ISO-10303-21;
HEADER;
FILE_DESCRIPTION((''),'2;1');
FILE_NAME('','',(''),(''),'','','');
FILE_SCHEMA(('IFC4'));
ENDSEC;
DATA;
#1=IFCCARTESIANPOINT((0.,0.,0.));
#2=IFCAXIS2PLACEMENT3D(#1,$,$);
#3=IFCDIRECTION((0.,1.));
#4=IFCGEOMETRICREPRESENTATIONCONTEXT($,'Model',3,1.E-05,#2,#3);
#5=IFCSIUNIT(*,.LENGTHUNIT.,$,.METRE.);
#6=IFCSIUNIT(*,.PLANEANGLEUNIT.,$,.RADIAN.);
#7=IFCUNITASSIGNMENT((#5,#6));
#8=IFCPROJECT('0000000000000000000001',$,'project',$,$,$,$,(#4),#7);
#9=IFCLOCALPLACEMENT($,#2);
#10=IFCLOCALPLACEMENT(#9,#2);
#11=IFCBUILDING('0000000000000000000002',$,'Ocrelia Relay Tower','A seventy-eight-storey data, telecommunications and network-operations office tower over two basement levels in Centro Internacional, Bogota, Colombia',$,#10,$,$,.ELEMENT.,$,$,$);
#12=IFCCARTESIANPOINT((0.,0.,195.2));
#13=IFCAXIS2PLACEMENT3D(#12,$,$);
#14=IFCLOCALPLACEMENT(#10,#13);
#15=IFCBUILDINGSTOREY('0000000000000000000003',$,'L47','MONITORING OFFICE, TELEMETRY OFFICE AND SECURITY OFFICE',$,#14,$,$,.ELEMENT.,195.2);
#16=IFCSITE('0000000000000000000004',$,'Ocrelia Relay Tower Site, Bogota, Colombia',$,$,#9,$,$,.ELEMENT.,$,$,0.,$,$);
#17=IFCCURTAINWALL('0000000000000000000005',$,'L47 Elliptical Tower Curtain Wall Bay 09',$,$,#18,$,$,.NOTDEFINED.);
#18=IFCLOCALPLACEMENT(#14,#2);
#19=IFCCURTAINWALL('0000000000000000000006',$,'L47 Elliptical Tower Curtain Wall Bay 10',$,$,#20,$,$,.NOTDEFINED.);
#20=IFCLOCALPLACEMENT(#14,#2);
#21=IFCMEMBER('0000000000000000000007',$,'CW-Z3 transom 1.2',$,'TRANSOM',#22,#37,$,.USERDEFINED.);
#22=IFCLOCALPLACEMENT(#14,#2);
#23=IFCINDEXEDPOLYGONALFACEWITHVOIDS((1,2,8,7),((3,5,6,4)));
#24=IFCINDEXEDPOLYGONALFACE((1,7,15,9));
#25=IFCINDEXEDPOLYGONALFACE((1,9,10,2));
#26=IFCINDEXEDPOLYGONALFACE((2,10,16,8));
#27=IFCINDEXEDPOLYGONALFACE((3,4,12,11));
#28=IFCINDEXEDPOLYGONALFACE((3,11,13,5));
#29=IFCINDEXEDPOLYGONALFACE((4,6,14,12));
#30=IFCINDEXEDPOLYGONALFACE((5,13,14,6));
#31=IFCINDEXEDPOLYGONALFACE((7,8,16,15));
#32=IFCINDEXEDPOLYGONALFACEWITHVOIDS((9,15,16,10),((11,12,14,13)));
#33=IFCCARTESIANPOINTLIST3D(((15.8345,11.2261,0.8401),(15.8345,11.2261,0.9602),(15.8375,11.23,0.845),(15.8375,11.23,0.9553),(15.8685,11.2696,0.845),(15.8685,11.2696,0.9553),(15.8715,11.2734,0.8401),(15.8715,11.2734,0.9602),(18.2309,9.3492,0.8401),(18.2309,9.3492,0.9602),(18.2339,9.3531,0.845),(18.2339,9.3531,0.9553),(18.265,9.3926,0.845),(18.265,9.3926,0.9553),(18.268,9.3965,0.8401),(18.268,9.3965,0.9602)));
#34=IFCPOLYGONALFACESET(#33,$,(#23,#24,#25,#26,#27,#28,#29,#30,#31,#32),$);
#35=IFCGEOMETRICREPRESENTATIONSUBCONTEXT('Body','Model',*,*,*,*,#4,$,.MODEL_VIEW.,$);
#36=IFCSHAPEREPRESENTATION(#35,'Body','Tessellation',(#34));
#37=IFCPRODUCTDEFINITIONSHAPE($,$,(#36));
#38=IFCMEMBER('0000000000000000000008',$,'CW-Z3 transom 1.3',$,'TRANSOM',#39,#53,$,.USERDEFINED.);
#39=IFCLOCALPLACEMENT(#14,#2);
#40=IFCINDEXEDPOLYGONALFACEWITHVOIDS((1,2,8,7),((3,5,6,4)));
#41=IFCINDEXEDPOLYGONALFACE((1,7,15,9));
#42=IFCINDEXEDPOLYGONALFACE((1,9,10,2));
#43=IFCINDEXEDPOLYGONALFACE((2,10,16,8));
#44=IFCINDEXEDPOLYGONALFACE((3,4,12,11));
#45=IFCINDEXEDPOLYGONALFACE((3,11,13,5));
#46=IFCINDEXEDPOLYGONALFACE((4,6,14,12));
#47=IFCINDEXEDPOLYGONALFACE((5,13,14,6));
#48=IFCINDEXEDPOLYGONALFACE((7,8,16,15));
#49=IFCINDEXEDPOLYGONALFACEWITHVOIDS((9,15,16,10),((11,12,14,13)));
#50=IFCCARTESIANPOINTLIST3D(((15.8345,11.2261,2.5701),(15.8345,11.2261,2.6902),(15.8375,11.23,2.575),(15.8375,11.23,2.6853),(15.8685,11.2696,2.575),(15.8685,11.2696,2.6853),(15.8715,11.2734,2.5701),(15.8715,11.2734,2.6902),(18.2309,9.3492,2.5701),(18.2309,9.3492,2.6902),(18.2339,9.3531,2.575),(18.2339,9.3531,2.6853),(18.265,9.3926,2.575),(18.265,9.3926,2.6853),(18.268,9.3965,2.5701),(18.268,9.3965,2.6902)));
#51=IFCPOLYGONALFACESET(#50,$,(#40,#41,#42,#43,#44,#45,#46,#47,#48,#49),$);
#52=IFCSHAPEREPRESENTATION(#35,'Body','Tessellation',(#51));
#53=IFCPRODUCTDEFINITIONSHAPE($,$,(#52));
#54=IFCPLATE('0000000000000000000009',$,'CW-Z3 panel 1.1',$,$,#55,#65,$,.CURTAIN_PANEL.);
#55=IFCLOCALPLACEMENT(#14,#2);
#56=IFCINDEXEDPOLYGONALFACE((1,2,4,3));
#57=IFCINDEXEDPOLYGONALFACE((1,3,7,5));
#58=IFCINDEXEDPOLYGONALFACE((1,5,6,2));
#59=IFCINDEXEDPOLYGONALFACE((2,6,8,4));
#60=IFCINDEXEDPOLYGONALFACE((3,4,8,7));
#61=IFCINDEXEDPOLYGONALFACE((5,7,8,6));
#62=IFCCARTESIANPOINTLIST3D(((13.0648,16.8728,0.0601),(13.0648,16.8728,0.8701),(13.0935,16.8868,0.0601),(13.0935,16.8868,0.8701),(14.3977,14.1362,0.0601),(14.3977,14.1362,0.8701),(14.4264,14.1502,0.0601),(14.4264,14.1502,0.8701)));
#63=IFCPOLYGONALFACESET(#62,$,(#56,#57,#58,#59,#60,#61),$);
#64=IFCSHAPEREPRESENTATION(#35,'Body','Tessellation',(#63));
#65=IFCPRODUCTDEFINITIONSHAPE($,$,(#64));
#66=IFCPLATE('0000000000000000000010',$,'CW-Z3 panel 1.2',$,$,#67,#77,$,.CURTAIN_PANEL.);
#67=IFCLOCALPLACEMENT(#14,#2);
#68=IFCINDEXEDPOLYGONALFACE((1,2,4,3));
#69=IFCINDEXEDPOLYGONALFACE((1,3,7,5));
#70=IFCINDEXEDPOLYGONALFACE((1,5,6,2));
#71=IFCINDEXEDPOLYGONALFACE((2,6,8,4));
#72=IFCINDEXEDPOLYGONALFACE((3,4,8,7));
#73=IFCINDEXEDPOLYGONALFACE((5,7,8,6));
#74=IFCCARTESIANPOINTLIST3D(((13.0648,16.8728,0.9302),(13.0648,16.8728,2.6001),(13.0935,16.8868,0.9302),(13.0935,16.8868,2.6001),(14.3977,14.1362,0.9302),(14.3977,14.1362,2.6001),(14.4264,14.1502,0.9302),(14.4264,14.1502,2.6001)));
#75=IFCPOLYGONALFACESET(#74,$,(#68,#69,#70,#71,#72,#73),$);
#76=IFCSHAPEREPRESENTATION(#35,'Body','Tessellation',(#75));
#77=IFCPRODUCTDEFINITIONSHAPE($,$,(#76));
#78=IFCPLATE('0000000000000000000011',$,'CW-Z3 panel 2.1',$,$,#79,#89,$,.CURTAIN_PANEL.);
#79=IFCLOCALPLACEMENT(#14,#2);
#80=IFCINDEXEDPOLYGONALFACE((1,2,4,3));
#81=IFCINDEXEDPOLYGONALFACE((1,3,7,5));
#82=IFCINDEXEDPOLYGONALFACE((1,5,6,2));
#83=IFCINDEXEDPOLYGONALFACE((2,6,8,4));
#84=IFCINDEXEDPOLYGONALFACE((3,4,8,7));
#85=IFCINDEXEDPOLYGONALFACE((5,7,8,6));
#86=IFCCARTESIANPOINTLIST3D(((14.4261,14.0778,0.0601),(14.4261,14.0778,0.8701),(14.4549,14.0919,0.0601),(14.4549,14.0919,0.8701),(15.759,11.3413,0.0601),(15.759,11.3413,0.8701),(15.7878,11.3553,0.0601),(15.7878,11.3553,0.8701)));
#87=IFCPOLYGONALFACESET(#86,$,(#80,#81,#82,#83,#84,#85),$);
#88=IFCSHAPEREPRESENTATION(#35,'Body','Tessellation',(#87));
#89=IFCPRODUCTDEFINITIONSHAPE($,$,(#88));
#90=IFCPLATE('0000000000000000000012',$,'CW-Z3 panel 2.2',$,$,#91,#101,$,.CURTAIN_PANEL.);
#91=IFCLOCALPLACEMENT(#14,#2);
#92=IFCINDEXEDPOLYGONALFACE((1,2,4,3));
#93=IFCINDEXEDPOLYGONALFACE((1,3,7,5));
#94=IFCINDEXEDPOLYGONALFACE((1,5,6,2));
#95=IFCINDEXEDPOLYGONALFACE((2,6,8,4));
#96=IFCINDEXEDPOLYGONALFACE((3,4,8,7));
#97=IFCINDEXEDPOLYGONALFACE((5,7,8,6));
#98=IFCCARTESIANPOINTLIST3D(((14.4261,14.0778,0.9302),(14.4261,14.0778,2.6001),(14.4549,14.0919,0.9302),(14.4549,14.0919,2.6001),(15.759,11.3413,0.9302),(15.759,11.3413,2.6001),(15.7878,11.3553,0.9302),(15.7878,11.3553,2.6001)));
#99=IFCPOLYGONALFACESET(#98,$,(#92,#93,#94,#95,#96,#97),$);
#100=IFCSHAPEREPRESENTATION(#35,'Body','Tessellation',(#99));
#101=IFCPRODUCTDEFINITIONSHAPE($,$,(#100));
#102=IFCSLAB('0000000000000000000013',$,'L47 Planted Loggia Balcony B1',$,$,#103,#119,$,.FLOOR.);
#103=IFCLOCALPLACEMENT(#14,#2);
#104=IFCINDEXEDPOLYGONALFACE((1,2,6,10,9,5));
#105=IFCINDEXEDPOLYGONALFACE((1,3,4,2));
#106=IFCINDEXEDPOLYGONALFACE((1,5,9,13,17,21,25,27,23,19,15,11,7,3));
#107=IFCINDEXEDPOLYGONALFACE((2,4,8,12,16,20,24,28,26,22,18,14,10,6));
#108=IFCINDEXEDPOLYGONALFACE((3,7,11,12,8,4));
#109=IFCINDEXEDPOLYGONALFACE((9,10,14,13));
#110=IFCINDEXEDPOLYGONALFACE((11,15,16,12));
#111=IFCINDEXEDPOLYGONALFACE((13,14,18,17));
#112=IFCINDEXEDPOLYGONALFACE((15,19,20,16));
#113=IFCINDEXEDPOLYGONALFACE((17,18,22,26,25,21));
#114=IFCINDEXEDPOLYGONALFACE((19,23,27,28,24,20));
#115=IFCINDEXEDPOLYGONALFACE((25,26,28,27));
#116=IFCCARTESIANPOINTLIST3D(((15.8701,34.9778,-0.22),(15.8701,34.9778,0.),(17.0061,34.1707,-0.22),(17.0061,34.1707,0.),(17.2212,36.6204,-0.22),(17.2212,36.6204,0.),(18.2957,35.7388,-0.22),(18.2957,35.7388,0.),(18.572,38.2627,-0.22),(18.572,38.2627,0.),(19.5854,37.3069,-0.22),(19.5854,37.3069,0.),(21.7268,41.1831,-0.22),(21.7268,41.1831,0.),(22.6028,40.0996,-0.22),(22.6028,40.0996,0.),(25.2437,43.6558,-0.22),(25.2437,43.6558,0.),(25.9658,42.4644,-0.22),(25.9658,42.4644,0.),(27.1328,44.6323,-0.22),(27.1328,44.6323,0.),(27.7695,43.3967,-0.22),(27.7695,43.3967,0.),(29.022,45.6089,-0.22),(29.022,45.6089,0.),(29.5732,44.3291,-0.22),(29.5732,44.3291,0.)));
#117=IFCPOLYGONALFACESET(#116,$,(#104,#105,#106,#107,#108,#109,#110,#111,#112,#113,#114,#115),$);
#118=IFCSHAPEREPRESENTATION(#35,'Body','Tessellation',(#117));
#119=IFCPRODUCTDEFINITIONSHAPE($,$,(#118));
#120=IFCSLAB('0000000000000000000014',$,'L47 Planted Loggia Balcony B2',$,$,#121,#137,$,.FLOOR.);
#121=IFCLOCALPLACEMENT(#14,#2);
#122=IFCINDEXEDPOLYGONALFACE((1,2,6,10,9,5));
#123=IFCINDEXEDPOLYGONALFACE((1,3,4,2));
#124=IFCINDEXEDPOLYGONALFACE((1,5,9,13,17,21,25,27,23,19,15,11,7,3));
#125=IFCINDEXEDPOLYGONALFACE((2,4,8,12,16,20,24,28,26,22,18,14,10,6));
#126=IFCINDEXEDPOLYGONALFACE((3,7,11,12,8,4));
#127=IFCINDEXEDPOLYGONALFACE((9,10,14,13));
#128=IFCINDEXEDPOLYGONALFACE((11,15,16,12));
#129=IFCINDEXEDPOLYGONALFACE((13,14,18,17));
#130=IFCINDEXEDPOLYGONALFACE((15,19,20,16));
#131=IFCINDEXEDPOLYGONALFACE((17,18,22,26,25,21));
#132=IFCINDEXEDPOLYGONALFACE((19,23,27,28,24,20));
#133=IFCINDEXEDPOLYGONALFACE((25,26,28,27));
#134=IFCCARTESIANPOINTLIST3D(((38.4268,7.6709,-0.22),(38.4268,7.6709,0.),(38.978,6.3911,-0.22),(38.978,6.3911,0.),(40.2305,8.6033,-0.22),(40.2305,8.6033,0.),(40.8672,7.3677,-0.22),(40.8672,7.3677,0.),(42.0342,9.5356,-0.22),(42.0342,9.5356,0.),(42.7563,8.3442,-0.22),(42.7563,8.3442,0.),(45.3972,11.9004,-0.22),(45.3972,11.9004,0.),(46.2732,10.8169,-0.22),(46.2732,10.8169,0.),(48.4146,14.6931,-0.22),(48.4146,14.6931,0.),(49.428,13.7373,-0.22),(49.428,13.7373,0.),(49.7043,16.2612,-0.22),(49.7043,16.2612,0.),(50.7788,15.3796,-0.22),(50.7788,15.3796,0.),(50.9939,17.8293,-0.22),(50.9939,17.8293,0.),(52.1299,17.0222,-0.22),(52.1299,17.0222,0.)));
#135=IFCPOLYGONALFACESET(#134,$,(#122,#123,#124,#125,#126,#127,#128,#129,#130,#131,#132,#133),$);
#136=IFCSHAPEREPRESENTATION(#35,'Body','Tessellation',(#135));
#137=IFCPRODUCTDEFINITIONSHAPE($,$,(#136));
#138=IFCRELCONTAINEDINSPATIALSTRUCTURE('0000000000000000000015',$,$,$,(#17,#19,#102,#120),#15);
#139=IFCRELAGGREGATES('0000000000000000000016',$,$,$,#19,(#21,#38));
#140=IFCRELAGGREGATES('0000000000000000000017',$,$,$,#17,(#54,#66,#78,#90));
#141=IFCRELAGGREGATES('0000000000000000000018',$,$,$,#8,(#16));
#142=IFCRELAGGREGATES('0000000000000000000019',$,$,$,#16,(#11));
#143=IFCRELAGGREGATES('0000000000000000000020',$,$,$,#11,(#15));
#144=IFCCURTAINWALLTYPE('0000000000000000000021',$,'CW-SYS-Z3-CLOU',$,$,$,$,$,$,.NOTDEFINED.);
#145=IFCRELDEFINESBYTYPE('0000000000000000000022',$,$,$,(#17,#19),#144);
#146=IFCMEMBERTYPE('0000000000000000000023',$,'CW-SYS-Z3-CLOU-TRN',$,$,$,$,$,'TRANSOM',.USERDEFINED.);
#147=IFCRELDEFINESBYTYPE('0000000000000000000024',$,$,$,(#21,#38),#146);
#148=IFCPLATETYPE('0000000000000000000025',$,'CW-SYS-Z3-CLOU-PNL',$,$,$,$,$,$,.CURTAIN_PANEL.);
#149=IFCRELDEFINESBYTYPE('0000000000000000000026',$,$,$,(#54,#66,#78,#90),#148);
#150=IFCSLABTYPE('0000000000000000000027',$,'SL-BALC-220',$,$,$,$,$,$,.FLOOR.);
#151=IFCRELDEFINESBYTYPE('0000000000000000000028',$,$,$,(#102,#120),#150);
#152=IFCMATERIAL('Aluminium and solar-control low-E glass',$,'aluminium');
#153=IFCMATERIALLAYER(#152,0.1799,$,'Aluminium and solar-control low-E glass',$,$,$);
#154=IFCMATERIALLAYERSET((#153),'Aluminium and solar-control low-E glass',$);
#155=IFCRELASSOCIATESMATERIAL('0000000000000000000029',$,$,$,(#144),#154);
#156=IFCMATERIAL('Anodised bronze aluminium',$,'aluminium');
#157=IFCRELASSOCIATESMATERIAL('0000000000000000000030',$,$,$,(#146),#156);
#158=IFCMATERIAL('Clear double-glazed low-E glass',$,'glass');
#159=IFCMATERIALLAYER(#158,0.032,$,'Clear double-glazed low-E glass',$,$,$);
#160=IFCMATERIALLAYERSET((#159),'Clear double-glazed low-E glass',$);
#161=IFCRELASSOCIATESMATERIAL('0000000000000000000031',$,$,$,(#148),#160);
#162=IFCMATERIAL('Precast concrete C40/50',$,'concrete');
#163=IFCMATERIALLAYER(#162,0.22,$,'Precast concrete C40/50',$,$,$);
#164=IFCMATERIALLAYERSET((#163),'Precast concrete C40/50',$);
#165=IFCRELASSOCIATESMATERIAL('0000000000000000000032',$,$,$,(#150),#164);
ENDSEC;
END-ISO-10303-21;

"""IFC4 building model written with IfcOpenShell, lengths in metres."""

from ifc_helpers import new_model, si_unit, direction, frame, origin, origin_2d, place, context, subcontext, project, spatial, polyline, rectangle, hollow_rectangle, outline, extrude, material, layer, layer_set, material_profile, profile_set, type_object, element, aggregate, save


model = new_model("IFC4")

# Units and contexts
model_context = context("Model", 3, precision=1e-05, world=origin(), true_north=direction((0.0, 1.0)))
body_context = subcontext(model_context, "Body", "Model", "MODEL_VIEW")
ifc_project = project(units=[si_unit("LENGTHUNIT", "METRE"), si_unit("PLANEANGLEUNIT", "RADIAN")], contexts=[model_context])

# Site, building, storey
site_placement = place(None, origin())
site = spatial("IfcSite", under=ifc_project, at=site_placement, Name="Ocrelia Relay Tower Site, Bogota, Colombia", CompositionType="ELEMENT", RefElevation=0.0)
building_placement = place(site_placement, origin())
building = spatial("IfcBuilding", under=site, at=building_placement, Name="Ocrelia Relay Tower", Description="A seventy-eight-storey data, telecommunications and network-operations office tower over two basement levels in Centro Internacional, Bogota, Colombia", CompositionType="ELEMENT")
storey_placement = place(building_placement, frame((0.0, 0.0, 195.2)))
storey = spatial("IfcBuildingStorey", under=building, at=storey_placement, Name="L47", Description="MONITORING OFFICE, TELEMETRY OFFICE AND SECURITY OFFICE", CompositionType="ELEMENT", Elevation=195.2)

# Curtain wall
ifc_material_1 = material(Name="Aluminium and solar-control low-E glass", Category="aluminium")
ifc_layer_1 = layer(ifc_material_1, 0.1799, Name="Aluminium and solar-control low-E glass")
ifc_layer_set_1 = layer_set([ifc_layer_1], Name="Aluminium and solar-control low-E glass")
curtain_wall_type = type_object("IfcCurtainWallType", Name="CW-SYS-Z3-CLOU", PredefinedType="NOTDEFINED", material=ifc_layer_set_1)
curtain_wall_1_placement = place(storey_placement, origin())
curtain_wall_1 = element("IfcCurtainWall", 1, at=curtain_wall_1_placement, inside=storey, type_object=curtain_wall_type, Name="L47 Elliptical Tower Curtain Wall Bay 09", PredefinedType="NOTDEFINED")
ifc_material_2 = material(Name="Anodised bronze aluminium", Category="aluminium")

# Curtain wall
curtain_wall_2_placement = place(storey_placement, origin())
curtain_wall_2 = element("IfcCurtainWall", 2, at=curtain_wall_2_placement, inside=storey, type_object=curtain_wall_type, Name="L47 Elliptical Tower Curtain Wall Bay 10", PredefinedType="NOTDEFINED")

# Members
ifc_material_profile_1 = material_profile(ifc_material_2, hollow_rectangle(XDim=0.0601, YDim=0.1201, WallThickness=0.0049, at=origin_2d()), Name="CW-TRN-120x60")
ifc_profile_set_1 = profile_set([ifc_material_profile_1], Name="Anodised bronze aluminium")
member_type_1 = type_object("IfcMemberType", Name="CW-SYS-Z3-CLOU-TRN", ElementType="TRANSOM", PredefinedType="USERDEFINED", material=ifc_profile_set_1)
member_1_placement = place(storey_placement, frame((15.853, 11.2498, 0.9001), z_axis=(0.787275, -0.616602, 0.0), x_axis=(0.616602, 0.787275, 0.0)))
member_1 = element("IfcMember", 3, at=member_1_placement, type_object=member_type_1, Name="CW-Z3 transom 1.2", ObjectType="TRANSOM", PredefinedType="USERDEFINED", context=body_context, shape_type="SweptSolid", body=[
    extrude(hollow_rectangle(XDim=0.0601, YDim=0.1201, WallThickness=0.0049, at=origin_2d()), origin(), (0.0, 0.0, 1.0), 3.0439),
])
member_2_placement = place(storey_placement, frame((15.853, 11.2498, 2.6301), z_axis=(0.787275, -0.616602, 0.0), x_axis=(0.616602, 0.787275, 0.0)))
member_2 = element("IfcMember", 4, at=member_2_placement, type_object=member_type_1, Name="CW-Z3 transom 1.3", ObjectType="TRANSOM", PredefinedType="USERDEFINED", context=body_context, shape_type="SweptSolid", body=[
    extrude(hollow_rectangle(XDim=0.0601, YDim=0.1201, WallThickness=0.0049, at=origin_2d()), origin(), (0.0, 0.0, 1.0), 3.0439),
])
aggregate(curtain_wall_2, [member_1, member_2])

# Plates
ifc_material_3 = material(Name="Clear double-glazed low-E glass", Category="glass")
ifc_layer_2 = layer(ifc_material_3, 0.032, Name="Clear double-glazed low-E glass")
ifc_layer_set_2 = layer_set([ifc_layer_2], Name="Clear double-glazed low-E glass")
plate_type = type_object("IfcPlateType", Name="CW-SYS-Z3-CLOU-PNL", PredefinedType="CURTAIN_PANEL", material=ifc_layer_set_2)
plate_1_placement = place(storey_placement, frame((13.7456, 15.5115, 0.0601), z_axis=(0.0, 0.0, 1.0), x_axis=(0.437888, -0.89903, 0.0)))
plate_1 = element("IfcPlate", 5, at=plate_1_placement, type_object=plate_type, Name="CW-Z3 panel 1.1", PredefinedType="CURTAIN_PANEL", context=body_context, shape_type="SweptSolid", body=[
    extrude(rectangle(XDim=3.0439, YDim=0.032, at=origin_2d()), origin(), (0.0, 0.0, 1.0), 0.8101),
])
plate_2_placement = place(storey_placement, frame((13.7456, 15.5115, 0.9302), z_axis=(0.0, 0.0, 1.0), x_axis=(0.437888, -0.89903, 0.0)))
plate_2 = element("IfcPlate", 6, at=plate_2_placement, type_object=plate_type, Name="CW-Z3 panel 1.2", PredefinedType="CURTAIN_PANEL", context=body_context, shape_type="SweptSolid", body=[
    extrude(rectangle(XDim=3.0439, YDim=0.032, at=origin_2d()), origin(), (0.0, 0.0, 1.0), 1.6699),
])
plate_3_placement = place(storey_placement, frame((15.1069, 12.7166, 0.0601), z_axis=(0.0, 0.0, 1.0), x_axis=(0.437888, -0.89903, 0.0)))
plate_3 = element("IfcPlate", 7, at=plate_3_placement, type_object=plate_type, Name="CW-Z3 panel 2.1", PredefinedType="CURTAIN_PANEL", context=body_context, shape_type="SweptSolid", body=[
    extrude(rectangle(XDim=3.0439, YDim=0.032, at=origin_2d()), origin(), (0.0, 0.0, 1.0), 0.8101),
])
plate_4_placement = place(storey_placement, frame((15.1069, 12.7166, 0.9302), z_axis=(0.0, 0.0, 1.0), x_axis=(0.437888, -0.89903, 0.0)))
plate_4 = element("IfcPlate", 8, at=plate_4_placement, type_object=plate_type, Name="CW-Z3 panel 2.2", PredefinedType="CURTAIN_PANEL", context=body_context, shape_type="SweptSolid", body=[
    extrude(rectangle(XDim=3.0439, YDim=0.032, at=origin_2d()), origin(), (0.0, 0.0, 1.0), 1.6699),
])
aggregate(curtain_wall_1, [plate_1, plate_2, plate_3, plate_4])

# Slabs
ifc_material_4 = material(Name="Precast concrete C40/50", Category="concrete")
ifc_layer_3 = layer(ifc_material_4, 0.22, Name="Precast concrete C40/50")
ifc_layer_set_3 = layer_set([ifc_layer_3], Name="Precast concrete C40/50")
slab_type_1 = type_object("IfcSlabType", Name="SL-BALC-220", PredefinedType="FLOOR", material=ifc_layer_set_3)
slab_1_placement = place(storey_placement, frame((0.0, 0.0, -0.22)))
element("IfcSlab", 9, at=slab_1_placement, inside=storey, type_object=slab_type_1, Name="L47 Planted Loggia Balcony B1", PredefinedType="FLOOR", context=body_context, shape_type="SweptSolid", body=[
    extrude(outline(polyline([(29.5732, 44.3291), (27.7695, 43.3967), (25.9658, 42.4644), (22.6028, 40.0996), (19.5854, 37.3069), (18.2957, 35.7388), (17.0061, 34.1707), (15.8701, 34.9778), (17.2212, 36.6204), (18.572, 38.2627), (21.7268, 41.1831), (25.2437, 43.6558), (27.1328, 44.6323), (29.022, 45.6089), (29.5732, 44.3291)])), origin(), (0.0, 0.0, 1.0), 0.22),
])
slab_2_placement = place(storey_placement, frame((0.0, 0.0, -0.22)))
element("IfcSlab", 10, at=slab_2_placement, inside=storey, type_object=slab_type_1, Name="L47 Planted Loggia Balcony B2", PredefinedType="FLOOR", context=body_context, shape_type="SweptSolid", body=[
    extrude(outline(polyline([(38.4268, 7.6709), (40.2305, 8.6033), (42.0342, 9.5356), (45.3972, 11.9004), (48.4146, 14.6931), (49.7043, 16.2612), (50.9939, 17.8293), (52.1299, 17.0222), (50.7788, 15.3796), (49.428, 13.7373), (46.2732, 10.8169), (42.7563, 8.3442), (40.8672, 7.3677), (38.978, 6.3911), (38.4268, 7.6709)])), origin(), (0.0, 0.0, 1.0), 0.22),
])

save(model, "model.ifc")
